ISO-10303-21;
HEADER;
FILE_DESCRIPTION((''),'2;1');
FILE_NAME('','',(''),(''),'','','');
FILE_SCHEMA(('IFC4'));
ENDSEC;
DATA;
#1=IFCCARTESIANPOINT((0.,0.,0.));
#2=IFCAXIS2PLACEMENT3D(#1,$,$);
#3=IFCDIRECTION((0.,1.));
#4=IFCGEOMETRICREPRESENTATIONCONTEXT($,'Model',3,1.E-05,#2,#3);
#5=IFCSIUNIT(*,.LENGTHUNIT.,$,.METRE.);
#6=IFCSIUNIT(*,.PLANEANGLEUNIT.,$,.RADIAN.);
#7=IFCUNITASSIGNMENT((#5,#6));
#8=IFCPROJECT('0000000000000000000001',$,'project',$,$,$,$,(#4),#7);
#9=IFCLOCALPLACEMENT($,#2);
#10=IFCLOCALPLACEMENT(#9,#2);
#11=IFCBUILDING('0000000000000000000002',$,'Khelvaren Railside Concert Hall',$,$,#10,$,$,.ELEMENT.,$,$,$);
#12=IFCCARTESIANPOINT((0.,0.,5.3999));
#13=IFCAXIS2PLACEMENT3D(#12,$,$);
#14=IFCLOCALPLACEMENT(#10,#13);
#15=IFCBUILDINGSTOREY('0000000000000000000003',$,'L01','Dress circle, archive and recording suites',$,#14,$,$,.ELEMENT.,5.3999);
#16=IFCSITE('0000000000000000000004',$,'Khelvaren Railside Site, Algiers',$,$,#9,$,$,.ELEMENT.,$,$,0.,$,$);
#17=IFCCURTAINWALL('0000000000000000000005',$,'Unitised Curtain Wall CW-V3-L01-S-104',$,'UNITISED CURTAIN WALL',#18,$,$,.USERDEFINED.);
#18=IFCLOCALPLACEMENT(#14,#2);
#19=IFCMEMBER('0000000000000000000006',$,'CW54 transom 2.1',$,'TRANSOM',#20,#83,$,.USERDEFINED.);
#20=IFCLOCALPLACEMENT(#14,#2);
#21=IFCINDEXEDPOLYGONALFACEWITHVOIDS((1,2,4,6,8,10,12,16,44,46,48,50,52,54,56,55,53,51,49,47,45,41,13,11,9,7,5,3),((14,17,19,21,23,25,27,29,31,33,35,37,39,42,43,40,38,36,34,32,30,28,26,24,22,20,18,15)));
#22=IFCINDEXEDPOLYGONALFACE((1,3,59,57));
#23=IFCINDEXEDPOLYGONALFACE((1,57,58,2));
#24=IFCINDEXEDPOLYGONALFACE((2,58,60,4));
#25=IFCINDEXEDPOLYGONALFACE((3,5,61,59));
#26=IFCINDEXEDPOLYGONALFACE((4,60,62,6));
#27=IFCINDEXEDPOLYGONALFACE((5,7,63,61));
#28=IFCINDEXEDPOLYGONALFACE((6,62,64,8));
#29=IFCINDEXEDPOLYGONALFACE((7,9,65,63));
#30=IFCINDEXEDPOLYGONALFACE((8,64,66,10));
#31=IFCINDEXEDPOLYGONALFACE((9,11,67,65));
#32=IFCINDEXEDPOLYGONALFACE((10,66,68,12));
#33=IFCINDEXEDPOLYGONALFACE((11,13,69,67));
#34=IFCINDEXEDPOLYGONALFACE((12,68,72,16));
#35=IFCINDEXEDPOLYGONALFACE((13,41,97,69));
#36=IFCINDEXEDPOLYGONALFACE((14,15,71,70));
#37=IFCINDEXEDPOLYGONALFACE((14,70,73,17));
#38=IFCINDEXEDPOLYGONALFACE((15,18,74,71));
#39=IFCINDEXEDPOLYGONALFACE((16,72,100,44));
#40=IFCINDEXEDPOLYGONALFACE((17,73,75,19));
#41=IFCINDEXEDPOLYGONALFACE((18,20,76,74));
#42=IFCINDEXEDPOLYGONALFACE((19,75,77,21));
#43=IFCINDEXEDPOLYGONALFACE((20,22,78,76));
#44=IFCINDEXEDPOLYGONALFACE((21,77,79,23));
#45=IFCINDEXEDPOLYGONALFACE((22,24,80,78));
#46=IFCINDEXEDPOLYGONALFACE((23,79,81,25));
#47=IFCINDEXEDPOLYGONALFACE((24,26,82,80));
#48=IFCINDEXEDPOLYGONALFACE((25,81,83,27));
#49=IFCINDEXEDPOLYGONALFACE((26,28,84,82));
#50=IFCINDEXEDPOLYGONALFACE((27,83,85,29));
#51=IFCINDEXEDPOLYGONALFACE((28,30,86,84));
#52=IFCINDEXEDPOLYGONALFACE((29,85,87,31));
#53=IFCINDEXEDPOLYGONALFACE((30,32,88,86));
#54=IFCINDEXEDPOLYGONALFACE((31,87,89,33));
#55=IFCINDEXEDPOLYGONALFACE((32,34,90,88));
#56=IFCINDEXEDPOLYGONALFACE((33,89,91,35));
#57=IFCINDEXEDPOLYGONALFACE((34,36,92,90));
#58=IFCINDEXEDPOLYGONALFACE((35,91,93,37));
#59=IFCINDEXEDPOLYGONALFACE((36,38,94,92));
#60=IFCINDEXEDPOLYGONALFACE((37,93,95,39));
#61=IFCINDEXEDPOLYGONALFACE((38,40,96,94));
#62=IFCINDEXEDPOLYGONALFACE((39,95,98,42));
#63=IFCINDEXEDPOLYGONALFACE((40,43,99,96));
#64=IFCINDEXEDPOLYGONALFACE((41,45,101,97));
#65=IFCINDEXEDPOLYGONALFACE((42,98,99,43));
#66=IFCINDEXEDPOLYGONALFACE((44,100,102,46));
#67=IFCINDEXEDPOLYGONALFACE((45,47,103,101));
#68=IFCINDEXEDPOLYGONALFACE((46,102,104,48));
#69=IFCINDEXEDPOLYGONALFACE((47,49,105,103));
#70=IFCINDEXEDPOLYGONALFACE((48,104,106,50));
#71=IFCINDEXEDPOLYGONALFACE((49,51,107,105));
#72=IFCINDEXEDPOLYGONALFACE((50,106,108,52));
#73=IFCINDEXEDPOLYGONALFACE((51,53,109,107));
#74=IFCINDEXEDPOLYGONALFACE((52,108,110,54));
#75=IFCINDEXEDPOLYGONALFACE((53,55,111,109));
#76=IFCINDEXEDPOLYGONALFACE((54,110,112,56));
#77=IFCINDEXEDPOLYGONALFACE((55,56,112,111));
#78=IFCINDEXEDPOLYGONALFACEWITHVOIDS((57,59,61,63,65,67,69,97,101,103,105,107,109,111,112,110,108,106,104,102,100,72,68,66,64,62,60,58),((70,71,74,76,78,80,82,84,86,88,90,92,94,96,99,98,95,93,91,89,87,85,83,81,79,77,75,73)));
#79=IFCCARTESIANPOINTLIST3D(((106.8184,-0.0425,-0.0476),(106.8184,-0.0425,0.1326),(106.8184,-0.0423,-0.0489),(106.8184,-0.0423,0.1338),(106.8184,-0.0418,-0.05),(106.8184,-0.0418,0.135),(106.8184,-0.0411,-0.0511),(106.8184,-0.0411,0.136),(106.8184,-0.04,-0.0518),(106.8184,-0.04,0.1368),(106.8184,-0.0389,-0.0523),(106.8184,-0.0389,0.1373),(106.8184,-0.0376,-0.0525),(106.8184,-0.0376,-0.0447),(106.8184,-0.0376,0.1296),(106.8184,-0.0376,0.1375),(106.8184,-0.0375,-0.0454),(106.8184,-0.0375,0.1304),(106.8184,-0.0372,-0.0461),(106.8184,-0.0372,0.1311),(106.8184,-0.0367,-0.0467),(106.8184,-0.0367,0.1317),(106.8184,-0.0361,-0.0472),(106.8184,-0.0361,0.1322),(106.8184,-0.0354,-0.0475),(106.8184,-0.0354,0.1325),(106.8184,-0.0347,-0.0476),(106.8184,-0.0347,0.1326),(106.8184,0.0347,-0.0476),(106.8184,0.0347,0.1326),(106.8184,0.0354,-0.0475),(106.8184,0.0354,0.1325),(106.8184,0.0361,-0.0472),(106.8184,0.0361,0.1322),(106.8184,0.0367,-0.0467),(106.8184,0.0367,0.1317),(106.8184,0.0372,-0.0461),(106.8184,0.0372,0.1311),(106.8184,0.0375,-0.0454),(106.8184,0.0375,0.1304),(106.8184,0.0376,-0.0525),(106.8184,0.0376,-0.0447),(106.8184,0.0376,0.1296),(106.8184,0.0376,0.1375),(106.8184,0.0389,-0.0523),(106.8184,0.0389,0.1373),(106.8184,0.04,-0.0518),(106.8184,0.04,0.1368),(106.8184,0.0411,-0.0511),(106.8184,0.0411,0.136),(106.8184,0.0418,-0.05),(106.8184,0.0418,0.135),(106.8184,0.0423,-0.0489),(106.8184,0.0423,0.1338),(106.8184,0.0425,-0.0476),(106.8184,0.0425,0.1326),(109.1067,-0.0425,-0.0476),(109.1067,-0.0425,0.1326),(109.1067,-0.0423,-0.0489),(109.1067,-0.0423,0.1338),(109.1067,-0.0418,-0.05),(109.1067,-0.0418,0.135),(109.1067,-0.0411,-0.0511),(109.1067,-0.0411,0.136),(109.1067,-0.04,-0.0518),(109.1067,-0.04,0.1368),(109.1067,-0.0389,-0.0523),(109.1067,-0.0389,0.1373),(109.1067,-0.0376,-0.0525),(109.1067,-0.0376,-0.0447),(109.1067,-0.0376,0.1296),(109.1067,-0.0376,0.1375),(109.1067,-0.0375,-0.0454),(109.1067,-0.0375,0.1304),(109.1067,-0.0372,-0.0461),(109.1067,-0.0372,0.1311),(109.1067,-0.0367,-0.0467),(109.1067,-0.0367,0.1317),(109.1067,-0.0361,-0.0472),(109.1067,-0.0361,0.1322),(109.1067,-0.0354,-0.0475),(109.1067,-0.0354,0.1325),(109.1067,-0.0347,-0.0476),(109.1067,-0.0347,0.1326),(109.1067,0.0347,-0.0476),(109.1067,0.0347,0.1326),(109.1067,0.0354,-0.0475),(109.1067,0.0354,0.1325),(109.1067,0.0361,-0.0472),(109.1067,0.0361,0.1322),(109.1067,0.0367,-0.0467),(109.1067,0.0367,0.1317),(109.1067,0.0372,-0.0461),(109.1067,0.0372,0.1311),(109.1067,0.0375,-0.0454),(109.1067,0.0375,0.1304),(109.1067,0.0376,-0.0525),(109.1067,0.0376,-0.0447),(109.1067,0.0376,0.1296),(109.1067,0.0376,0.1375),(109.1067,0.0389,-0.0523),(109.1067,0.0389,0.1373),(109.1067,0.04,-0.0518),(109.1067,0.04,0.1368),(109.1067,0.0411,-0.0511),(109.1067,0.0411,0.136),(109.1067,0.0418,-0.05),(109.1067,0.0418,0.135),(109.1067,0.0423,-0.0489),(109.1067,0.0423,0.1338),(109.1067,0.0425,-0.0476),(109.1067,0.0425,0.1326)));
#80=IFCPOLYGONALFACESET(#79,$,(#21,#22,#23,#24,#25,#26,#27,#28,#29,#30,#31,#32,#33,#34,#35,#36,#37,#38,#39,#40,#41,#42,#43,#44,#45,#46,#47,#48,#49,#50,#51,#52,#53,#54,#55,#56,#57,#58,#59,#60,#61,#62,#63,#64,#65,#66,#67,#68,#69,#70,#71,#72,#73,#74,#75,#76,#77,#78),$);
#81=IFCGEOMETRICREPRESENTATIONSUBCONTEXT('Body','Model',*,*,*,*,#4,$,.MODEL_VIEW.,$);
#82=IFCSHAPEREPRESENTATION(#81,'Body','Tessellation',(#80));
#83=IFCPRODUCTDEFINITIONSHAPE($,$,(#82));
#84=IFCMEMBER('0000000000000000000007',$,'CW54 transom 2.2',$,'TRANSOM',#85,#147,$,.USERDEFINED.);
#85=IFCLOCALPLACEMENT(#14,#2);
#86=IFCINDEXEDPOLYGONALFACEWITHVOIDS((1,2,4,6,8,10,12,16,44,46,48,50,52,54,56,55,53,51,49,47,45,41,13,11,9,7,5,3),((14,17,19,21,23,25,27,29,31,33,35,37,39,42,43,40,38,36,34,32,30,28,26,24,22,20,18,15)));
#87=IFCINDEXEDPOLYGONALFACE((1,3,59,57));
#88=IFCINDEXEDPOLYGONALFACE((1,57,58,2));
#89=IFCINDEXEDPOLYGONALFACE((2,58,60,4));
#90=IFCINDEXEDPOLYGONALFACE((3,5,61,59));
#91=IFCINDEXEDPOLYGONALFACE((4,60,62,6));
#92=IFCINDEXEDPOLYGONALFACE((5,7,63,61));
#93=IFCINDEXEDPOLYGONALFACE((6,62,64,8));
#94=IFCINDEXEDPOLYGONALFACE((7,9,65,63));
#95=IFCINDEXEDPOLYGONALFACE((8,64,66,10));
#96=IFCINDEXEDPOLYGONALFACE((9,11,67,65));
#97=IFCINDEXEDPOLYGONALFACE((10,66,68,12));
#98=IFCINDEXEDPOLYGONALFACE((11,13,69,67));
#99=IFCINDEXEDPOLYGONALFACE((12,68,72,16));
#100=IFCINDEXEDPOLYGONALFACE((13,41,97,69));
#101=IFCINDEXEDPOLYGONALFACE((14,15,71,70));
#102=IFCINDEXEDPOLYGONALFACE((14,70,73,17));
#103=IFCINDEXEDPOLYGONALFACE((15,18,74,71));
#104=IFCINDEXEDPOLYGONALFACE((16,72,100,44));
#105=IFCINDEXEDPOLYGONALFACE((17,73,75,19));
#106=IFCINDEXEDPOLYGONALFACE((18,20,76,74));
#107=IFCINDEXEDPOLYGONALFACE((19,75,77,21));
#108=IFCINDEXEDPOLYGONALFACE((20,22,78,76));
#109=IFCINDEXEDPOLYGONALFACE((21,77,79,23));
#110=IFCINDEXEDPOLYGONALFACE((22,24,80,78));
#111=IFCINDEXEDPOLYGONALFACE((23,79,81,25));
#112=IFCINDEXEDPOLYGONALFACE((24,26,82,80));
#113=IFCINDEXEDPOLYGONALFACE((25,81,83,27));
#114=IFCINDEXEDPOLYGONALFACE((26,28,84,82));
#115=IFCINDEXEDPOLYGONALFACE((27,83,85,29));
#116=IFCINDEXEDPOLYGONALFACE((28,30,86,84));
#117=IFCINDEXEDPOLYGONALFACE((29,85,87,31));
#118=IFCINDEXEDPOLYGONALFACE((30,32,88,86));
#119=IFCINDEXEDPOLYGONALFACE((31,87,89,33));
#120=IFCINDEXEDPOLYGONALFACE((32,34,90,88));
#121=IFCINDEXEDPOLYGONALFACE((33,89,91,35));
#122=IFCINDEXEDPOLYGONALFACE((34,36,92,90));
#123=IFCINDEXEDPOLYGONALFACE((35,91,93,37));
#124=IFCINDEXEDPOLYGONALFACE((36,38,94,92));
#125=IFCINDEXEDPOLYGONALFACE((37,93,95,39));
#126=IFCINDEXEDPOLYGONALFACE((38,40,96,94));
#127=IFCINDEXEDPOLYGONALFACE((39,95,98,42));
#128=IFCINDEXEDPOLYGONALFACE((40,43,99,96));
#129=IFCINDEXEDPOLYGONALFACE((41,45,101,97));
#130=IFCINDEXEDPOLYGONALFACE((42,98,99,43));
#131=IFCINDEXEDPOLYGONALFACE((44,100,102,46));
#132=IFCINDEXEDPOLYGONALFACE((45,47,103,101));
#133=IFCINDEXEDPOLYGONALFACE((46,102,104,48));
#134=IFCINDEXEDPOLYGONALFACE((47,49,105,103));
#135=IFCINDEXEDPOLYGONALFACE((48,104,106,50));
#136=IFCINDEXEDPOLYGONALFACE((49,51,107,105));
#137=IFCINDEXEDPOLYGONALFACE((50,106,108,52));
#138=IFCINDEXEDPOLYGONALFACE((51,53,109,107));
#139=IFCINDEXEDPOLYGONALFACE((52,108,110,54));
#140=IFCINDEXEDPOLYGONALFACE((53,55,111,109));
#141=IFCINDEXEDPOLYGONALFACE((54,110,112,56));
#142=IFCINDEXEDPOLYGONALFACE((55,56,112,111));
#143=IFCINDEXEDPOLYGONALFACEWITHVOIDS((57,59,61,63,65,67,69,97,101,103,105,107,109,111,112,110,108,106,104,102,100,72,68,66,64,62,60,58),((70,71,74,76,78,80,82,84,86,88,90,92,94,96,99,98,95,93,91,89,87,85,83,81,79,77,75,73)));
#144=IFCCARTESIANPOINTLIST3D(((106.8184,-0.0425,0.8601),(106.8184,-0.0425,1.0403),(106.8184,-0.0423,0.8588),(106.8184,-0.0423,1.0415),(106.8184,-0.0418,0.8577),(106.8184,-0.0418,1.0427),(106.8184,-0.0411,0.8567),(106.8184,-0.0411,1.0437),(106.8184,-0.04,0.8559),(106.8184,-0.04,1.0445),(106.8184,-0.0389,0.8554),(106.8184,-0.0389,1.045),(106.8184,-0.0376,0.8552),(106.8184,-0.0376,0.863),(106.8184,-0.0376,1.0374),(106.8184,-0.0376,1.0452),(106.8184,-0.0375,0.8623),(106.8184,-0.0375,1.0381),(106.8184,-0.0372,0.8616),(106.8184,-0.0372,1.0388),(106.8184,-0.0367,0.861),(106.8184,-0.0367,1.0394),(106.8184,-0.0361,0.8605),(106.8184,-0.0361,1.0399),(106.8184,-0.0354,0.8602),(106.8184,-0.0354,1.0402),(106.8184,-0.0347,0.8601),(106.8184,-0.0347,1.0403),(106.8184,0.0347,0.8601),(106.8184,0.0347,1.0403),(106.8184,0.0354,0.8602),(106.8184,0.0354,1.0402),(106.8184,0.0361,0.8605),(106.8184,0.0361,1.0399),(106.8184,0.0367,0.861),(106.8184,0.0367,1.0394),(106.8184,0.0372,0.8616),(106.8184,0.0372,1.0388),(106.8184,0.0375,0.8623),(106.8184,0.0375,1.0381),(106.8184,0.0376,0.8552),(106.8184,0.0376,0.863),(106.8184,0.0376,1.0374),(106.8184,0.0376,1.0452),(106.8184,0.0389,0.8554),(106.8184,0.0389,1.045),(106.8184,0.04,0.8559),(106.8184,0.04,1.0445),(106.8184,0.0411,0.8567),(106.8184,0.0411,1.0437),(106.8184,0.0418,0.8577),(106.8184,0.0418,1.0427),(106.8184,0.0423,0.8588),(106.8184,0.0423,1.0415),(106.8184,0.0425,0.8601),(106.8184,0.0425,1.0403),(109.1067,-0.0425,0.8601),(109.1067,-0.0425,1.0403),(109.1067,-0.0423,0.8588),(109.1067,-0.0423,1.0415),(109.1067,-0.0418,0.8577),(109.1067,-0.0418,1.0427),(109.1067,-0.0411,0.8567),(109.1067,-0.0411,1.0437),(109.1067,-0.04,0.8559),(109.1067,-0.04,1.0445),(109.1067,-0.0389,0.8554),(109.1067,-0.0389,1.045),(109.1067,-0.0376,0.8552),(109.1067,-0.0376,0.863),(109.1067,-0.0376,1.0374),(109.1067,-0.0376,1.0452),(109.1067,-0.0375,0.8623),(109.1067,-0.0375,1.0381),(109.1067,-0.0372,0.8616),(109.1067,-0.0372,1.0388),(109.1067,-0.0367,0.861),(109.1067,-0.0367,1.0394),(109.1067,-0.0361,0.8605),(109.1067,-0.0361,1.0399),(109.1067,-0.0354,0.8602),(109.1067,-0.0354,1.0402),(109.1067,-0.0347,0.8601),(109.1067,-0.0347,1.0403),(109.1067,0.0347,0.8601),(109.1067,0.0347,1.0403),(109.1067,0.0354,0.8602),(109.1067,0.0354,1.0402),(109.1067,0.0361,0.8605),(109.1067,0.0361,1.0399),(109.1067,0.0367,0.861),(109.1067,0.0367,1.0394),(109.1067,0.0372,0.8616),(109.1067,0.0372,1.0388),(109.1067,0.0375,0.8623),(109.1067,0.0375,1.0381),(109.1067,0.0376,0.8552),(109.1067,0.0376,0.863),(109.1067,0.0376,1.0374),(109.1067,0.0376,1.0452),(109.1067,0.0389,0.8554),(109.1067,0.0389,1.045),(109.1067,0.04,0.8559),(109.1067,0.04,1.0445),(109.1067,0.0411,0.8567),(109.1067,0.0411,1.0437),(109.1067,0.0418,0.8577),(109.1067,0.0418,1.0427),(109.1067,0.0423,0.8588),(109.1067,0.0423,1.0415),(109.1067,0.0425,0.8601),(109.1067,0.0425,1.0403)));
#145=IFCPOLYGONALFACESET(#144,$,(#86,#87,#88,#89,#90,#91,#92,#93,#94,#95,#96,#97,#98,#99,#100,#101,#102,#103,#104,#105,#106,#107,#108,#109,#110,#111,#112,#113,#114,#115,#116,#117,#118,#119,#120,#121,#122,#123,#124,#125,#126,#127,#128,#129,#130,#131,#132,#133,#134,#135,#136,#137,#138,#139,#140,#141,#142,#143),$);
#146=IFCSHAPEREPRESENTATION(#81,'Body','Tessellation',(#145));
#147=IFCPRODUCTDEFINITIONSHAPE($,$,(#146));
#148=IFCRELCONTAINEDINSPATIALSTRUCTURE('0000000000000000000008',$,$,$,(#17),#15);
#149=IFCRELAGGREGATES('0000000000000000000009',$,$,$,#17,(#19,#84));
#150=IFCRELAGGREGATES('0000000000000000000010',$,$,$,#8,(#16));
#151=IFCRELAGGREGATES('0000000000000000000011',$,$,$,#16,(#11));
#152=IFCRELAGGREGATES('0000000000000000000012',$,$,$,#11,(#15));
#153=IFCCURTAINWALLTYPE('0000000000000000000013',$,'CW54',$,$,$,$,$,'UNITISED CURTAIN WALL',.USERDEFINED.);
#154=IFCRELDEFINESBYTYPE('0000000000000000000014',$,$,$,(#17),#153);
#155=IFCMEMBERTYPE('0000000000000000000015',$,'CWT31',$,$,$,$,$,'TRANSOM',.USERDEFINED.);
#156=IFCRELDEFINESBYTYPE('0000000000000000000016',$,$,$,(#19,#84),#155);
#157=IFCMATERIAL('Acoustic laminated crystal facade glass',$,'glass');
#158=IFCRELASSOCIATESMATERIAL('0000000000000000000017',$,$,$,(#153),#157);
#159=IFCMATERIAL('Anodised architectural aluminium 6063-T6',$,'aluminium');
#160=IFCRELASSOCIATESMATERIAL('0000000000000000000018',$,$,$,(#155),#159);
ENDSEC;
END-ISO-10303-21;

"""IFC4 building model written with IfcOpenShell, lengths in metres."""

from ifc_helpers import new_model, si_unit, direction, frame, origin, origin_2d, place, context, subcontext, project, spatial, hollow_rectangle, extrude, material, material_profile, profile_set, type_object, element, aggregate, save


model = new_model("IFC4")

# Units and contexts
model_context = context("Model", 3, precision=1e-05, world=origin(), true_north=direction((0.0, 1.0)))
body_context = subcontext(model_context, "Body", "Model", "MODEL_VIEW")
ifc_project = project(units=[si_unit("LENGTHUNIT", "METRE"), si_unit("PLANEANGLEUNIT", "RADIAN")], contexts=[model_context])

# Site, building, storey
site_placement = place(None, origin())
site = spatial("IfcSite", under=ifc_project, at=site_placement, Name="Khelvaren Railside Site, Algiers", CompositionType="ELEMENT", RefElevation=0.0)
building_placement = place(site_placement, origin())
building = spatial("IfcBuilding", under=site, at=building_placement, Name="Khelvaren Railside Concert Hall", CompositionType="ELEMENT")
storey_placement = place(building_placement, frame((0.0, 0.0, 5.3999)))
storey = spatial("IfcBuildingStorey", under=building, at=storey_placement, Name="L01", Description="Dress circle, archive and recording suites", CompositionType="ELEMENT", Elevation=5.3999)

# Curtain wall, members
ifc_material_1 = material(Name="Acoustic laminated crystal facade glass", Category="glass")
curtain_wall_type = type_object("IfcCurtainWallType", Name="CW54", ElementType="UNITISED CURTAIN WALL", PredefinedType="USERDEFINED", material=ifc_material_1)
curtain_wall_placement = place(storey_placement, origin())
curtain_wall = element("IfcCurtainWall", 1, at=curtain_wall_placement, inside=storey, type_object=curtain_wall_type, Name="Unitised Curtain Wall CW-V3-L01-S-104", ObjectType="UNITISED CURTAIN WALL", PredefinedType="USERDEFINED")
ifc_material_2 = material(Name="Anodised architectural aluminium 6063-T6", Category="aluminium")
ifc_material_profile_1 = material_profile(ifc_material_2, hollow_rectangle(XDim=0.085, YDim=0.1899, WallThickness=0.0049, InnerFilletRadius=0.0029, OuterFilletRadius=0.0049, at=origin_2d()), Name="CWT 85x190x5")
ifc_profile_set_1 = profile_set([ifc_material_profile_1], Name="Anodised architectural aluminium 6063-T6")
member_type_1 = type_object("IfcMemberType", Name="CWT31", ElementType="TRANSOM", PredefinedType="USERDEFINED", material=ifc_profile_set_1)
member_1_placement = place(storey_placement, frame((109.1067, 0.0, 0.0425), z_axis=(-1.0, 0.0, 0.0), x_axis=(0.0, -1.0, 0.0)))
member_1 = element("IfcMember", 2, at=member_1_placement, type_object=member_type_1, Name="CW54 transom 2.1", ObjectType="TRANSOM", PredefinedType="USERDEFINED", context=body_context, shape_type="SweptSolid", body=[
    extrude(hollow_rectangle(XDim=0.085, YDim=0.1899, WallThickness=0.0049, InnerFilletRadius=0.0029, OuterFilletRadius=0.0049, at=origin_2d()), origin(), (0.0, 0.0, 1.0), 2.2883),
])
member_2_placement = place(storey_placement, frame((109.1067, 0.0, 0.9502), z_axis=(-1.0, 0.0, 0.0), x_axis=(0.0, -1.0, 0.0)))
member_2 = element("IfcMember", 3, at=member_2_placement, type_object=member_type_1, Name="CW54 transom 2.2", ObjectType="TRANSOM", PredefinedType="USERDEFINED", context=body_context, shape_type="SweptSolid", body=[
    extrude(hollow_rectangle(XDim=0.085, YDim=0.1899, WallThickness=0.0049, InnerFilletRadius=0.0029, OuterFilletRadius=0.0049, at=origin_2d()), origin(), (0.0, 0.0, 1.0), 2.2883),
])

aggregate(curtain_wall, [member_1, member_2])

save(model, "model.ifc")
